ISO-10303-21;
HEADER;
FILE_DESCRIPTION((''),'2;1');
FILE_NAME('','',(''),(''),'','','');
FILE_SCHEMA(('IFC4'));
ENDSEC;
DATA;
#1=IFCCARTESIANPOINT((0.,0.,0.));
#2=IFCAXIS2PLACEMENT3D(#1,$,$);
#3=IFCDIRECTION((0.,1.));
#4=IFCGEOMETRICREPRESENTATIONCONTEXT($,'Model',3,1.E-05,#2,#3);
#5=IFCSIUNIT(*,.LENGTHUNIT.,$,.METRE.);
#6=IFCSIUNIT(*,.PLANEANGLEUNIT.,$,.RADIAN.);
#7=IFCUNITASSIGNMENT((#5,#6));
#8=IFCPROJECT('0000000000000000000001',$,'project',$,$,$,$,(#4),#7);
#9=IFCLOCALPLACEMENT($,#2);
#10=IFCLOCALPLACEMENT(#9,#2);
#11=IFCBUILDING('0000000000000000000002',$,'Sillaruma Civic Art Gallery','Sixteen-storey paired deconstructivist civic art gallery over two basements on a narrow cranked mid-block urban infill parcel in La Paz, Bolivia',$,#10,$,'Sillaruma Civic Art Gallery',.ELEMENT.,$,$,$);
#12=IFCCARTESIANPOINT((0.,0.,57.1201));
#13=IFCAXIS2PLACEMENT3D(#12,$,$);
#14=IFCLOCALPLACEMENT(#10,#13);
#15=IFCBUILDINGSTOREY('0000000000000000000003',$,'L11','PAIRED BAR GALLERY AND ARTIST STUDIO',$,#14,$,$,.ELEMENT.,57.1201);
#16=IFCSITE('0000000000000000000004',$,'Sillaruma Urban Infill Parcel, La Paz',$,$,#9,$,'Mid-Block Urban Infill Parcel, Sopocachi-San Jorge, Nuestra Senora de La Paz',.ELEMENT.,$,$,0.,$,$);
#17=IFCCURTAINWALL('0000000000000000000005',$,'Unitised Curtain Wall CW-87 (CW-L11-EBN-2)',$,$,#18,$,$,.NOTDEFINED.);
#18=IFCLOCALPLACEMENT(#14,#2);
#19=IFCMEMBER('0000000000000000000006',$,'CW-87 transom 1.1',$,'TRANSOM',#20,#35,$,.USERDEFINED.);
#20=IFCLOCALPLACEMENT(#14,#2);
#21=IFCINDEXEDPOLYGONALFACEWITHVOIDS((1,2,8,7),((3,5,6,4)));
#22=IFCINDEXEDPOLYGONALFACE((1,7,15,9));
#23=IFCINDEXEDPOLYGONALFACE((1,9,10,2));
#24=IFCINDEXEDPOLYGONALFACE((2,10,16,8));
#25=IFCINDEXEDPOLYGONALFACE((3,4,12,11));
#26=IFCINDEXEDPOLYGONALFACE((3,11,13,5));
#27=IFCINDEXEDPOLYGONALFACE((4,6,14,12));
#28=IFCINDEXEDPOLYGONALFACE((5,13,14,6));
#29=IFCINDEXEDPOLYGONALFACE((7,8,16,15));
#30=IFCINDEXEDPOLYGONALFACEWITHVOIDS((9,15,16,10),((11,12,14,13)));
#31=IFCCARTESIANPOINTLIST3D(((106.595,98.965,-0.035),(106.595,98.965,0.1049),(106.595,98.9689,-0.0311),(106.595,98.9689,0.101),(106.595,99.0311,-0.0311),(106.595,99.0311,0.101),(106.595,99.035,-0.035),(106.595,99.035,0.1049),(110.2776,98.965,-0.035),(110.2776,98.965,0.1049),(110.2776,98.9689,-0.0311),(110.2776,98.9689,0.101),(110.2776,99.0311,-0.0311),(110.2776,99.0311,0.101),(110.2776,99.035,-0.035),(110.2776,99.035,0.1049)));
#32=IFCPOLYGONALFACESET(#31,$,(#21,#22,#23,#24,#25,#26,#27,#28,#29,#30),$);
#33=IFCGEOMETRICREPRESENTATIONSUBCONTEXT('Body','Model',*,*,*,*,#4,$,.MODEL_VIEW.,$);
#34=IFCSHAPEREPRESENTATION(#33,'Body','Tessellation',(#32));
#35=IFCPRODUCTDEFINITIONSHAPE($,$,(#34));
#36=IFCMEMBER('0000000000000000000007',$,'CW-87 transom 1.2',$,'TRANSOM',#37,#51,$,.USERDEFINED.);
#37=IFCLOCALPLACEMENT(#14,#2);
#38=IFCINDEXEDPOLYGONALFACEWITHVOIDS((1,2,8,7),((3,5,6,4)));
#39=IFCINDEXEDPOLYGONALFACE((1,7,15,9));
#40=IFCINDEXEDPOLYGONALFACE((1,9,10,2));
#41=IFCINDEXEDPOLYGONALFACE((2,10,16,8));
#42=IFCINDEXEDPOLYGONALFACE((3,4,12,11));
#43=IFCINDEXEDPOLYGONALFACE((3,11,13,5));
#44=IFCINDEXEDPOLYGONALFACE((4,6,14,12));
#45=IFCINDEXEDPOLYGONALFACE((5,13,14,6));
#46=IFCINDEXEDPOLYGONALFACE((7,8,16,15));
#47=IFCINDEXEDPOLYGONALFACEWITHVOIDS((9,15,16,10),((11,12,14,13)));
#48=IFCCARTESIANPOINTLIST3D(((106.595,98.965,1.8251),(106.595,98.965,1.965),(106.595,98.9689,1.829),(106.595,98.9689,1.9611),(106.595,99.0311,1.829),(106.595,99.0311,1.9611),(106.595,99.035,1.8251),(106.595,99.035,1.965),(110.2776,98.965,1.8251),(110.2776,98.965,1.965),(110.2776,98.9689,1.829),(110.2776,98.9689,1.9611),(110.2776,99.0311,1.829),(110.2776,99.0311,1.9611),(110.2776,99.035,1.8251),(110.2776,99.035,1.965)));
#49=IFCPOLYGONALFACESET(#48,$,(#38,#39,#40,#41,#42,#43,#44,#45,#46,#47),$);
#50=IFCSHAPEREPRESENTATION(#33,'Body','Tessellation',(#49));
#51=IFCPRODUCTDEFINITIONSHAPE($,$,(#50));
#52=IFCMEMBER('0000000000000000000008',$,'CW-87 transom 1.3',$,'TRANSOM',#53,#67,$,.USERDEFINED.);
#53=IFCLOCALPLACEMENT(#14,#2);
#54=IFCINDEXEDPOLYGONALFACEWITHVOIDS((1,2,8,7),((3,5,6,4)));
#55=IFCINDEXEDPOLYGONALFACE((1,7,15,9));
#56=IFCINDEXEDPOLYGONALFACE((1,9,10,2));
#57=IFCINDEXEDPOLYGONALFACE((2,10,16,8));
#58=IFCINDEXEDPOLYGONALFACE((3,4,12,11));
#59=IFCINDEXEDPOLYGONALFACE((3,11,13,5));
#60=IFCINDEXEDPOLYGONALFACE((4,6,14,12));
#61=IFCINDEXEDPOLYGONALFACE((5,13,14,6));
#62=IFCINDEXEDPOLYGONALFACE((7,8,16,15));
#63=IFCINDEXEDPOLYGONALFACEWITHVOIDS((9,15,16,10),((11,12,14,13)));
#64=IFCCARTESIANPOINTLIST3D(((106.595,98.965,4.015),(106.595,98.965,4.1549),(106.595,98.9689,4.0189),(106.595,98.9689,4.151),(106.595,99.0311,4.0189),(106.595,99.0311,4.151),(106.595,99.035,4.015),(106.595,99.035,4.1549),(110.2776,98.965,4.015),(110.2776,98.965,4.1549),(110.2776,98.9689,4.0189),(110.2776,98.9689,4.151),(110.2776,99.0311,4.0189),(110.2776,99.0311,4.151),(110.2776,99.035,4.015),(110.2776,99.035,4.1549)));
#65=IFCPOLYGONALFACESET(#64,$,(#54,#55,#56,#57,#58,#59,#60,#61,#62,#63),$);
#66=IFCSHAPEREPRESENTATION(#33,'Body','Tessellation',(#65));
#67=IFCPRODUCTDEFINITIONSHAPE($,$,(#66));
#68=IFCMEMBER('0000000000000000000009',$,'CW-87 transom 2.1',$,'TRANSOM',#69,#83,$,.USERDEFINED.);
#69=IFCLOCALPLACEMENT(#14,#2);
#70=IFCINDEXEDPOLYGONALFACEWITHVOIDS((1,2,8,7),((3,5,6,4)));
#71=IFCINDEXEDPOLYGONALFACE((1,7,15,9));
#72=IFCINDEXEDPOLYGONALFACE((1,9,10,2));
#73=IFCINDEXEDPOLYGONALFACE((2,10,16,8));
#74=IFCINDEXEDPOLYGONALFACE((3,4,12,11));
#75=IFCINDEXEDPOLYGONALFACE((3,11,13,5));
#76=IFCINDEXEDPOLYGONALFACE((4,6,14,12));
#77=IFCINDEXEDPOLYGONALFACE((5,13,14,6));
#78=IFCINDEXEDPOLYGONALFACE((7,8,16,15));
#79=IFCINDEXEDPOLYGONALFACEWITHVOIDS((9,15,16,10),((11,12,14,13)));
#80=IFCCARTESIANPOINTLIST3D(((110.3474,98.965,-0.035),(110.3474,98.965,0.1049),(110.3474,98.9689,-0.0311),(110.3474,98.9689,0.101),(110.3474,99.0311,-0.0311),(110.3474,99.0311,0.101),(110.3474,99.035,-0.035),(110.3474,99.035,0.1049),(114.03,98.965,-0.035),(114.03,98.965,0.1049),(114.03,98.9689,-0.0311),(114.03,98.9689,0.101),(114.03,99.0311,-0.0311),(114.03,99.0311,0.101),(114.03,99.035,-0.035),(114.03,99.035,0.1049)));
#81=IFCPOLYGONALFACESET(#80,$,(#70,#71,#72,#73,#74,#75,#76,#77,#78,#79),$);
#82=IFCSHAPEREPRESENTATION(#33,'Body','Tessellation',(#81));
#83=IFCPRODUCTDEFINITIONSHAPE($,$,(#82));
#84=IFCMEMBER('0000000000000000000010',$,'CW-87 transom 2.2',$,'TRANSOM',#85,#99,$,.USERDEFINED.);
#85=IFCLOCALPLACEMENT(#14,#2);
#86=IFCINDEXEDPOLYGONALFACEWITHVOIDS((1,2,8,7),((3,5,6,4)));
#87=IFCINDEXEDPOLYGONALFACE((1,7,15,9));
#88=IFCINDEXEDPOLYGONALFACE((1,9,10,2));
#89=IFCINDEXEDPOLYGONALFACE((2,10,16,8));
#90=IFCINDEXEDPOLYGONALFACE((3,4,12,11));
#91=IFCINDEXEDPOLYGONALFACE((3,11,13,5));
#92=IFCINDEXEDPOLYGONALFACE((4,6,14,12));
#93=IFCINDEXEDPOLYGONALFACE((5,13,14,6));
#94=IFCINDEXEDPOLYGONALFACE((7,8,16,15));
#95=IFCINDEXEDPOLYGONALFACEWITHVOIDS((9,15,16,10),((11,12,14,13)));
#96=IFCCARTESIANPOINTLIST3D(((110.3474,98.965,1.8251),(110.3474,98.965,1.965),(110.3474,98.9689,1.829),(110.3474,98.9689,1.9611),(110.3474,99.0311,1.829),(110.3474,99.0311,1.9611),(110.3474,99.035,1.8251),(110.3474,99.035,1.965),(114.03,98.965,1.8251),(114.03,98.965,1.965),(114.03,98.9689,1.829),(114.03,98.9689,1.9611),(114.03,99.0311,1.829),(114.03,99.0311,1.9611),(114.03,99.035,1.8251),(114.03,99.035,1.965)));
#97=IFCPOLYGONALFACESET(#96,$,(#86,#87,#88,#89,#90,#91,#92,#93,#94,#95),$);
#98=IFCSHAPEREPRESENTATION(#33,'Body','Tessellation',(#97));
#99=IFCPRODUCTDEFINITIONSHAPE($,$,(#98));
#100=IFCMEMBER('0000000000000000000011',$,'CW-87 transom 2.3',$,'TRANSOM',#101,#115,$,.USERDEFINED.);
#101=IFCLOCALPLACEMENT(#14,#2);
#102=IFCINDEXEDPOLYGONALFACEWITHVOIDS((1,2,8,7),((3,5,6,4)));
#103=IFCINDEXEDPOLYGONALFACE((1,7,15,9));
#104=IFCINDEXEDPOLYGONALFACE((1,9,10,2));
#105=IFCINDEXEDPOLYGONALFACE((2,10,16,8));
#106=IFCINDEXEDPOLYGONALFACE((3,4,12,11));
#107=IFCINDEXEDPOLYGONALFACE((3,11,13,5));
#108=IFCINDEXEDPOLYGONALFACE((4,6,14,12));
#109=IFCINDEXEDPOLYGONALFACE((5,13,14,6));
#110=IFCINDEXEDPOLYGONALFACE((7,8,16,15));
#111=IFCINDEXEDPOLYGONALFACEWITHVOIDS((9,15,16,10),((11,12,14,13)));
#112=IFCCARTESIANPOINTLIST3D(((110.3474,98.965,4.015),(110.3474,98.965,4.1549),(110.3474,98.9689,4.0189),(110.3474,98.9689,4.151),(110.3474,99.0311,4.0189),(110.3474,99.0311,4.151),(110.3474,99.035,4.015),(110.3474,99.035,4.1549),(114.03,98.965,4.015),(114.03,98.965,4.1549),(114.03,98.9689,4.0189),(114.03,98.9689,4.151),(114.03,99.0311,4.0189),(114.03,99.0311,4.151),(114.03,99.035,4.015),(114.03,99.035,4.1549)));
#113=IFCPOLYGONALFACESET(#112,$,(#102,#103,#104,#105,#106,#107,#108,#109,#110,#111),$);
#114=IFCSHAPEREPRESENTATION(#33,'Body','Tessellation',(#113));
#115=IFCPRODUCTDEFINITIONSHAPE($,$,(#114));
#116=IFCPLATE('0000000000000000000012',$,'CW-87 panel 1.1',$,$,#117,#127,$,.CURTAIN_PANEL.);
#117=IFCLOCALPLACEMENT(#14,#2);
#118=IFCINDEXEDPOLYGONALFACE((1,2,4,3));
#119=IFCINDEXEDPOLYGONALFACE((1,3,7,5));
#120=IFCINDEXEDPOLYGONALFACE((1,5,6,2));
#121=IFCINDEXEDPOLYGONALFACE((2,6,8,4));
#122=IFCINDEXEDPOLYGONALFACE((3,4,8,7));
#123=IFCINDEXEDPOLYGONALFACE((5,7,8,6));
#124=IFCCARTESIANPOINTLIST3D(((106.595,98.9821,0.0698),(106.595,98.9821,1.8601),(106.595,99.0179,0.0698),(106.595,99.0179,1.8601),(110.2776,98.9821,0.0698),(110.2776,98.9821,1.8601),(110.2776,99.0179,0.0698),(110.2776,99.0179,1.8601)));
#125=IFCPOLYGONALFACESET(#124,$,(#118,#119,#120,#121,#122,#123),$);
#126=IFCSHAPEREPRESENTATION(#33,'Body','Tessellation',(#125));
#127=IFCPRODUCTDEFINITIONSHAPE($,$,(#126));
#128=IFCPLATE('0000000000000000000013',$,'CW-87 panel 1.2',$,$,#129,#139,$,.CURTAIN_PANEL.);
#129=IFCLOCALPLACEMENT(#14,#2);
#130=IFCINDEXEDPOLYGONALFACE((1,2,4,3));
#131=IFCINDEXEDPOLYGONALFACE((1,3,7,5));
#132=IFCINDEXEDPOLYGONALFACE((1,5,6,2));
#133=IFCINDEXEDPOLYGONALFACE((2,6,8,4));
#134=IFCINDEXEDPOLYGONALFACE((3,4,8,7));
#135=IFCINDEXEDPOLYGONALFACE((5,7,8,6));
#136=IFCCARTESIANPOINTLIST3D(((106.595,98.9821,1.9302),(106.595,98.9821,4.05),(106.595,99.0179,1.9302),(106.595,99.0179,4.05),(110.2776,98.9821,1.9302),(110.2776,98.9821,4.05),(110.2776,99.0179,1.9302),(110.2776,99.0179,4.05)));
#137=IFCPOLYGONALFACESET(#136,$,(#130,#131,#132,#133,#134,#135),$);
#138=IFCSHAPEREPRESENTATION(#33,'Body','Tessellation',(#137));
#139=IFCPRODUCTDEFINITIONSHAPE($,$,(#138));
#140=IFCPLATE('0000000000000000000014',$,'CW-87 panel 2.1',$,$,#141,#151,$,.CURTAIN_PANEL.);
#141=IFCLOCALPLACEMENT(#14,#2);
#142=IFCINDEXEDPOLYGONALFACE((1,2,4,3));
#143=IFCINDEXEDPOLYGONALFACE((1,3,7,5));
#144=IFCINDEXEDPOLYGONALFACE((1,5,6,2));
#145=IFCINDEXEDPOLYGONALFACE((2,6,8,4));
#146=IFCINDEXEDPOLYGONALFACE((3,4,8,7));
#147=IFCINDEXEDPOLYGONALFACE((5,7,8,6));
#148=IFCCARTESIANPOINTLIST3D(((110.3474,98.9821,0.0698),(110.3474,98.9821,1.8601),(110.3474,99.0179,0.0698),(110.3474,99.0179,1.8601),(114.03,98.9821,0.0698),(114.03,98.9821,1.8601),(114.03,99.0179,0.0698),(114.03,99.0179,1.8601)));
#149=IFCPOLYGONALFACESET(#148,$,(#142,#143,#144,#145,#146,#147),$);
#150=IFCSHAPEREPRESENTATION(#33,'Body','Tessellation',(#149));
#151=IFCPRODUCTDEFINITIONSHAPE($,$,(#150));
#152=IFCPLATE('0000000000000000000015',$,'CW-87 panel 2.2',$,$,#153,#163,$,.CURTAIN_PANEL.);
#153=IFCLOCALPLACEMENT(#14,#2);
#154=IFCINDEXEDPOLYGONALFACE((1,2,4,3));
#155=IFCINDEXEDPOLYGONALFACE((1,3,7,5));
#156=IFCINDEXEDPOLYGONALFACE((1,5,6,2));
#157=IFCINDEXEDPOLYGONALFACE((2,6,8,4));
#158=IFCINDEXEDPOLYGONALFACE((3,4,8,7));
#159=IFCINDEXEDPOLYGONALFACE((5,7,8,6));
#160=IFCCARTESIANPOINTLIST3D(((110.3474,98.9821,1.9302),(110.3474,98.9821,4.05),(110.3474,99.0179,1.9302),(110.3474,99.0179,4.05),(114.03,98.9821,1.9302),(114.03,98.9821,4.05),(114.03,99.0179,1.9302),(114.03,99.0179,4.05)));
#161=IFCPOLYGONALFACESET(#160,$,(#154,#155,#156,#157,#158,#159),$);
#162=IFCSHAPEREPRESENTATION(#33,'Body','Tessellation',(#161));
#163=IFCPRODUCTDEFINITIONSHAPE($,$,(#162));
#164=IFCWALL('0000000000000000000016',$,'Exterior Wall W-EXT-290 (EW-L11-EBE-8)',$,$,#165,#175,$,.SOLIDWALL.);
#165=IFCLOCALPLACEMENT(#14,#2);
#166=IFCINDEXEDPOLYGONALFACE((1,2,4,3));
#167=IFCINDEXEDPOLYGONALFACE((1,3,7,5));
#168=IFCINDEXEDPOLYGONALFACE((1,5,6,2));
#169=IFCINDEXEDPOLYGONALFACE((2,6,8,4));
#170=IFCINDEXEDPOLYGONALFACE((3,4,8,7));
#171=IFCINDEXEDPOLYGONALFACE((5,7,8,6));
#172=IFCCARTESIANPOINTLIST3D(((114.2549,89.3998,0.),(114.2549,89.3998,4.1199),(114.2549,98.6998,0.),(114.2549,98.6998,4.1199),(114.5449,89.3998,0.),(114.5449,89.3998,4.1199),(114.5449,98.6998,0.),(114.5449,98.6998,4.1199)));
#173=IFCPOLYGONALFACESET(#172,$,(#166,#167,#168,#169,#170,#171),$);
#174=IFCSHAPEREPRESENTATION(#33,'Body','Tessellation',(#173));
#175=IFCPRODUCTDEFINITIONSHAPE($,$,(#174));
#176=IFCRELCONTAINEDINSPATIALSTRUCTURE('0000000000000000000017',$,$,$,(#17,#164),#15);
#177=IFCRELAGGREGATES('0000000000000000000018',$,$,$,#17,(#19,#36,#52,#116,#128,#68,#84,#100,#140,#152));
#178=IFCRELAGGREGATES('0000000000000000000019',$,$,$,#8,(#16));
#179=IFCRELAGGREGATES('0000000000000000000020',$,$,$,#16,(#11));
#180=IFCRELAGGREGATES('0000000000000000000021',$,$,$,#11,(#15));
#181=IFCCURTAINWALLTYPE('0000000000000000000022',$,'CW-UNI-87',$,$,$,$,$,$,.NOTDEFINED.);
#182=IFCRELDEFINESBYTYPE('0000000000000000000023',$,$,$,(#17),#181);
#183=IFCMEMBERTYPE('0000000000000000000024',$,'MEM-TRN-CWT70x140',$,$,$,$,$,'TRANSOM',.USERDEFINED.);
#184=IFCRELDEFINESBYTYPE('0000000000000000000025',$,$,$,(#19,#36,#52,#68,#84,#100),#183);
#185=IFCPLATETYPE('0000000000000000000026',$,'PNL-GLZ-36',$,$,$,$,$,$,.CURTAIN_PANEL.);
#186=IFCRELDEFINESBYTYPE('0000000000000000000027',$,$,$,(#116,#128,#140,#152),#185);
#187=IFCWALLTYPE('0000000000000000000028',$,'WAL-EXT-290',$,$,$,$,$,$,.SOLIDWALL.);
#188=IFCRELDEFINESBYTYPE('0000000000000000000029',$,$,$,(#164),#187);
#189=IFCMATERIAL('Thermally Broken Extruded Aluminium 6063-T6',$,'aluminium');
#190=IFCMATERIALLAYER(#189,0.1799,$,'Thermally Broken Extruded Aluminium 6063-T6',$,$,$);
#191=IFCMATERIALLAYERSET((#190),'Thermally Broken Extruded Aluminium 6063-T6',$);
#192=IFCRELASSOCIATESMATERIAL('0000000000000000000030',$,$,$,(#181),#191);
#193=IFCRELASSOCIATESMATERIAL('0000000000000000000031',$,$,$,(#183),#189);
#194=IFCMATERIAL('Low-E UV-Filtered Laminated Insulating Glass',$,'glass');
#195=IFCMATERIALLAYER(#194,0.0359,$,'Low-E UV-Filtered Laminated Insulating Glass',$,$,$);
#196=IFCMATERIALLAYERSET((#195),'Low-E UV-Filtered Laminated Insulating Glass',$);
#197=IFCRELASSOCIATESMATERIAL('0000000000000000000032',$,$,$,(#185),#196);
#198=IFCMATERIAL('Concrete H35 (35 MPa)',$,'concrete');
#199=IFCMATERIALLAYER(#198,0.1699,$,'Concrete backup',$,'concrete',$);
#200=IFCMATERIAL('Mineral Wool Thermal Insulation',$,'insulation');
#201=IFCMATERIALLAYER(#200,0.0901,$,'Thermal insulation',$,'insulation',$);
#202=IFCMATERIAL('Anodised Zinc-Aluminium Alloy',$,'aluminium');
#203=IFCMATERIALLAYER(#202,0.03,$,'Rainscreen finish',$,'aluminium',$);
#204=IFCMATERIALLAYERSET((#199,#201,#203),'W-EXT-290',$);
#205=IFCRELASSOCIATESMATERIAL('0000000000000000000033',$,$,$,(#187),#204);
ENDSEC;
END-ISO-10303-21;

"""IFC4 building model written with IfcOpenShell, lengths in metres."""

from ifc_helpers import new_model, si_unit, direction, frame, frame_2d, origin, origin_2d, place, context, subcontext, project, spatial, rectangle, hollow_rectangle, extrude, material, layer, layer_set, material_profile, profile_set, type_object, element, aggregate, save


model = new_model("IFC4")

# Units and contexts
model_context = context("Model", 3, precision=1e-05, world=origin(), true_north=direction((0.0, 1.0)))
body_context = subcontext(model_context, "Body", "Model", "MODEL_VIEW")
ifc_project = project(units=[si_unit("LENGTHUNIT", "METRE"), si_unit("PLANEANGLEUNIT", "RADIAN")], contexts=[model_context])

# Site, building, storey
site_placement = place(None, origin())
site = spatial("IfcSite", under=ifc_project, at=site_placement, Name="Sillaruma Urban Infill Parcel, La Paz", LongName="Mid-Block Urban Infill Parcel, Sopocachi-San Jorge, Nuestra Senora de La Paz", CompositionType="ELEMENT", RefElevation=0.0)
building_placement = place(site_placement, origin())
building = spatial("IfcBuilding", under=site, at=building_placement, Name="Sillaruma Civic Art Gallery", Description="Sixteen-storey paired deconstructivist civic art gallery over two basements on a narrow cranked mid-block urban infill parcel in La Paz, Bolivia", LongName="Sillaruma Civic Art Gallery", CompositionType="ELEMENT")
storey_placement = place(building_placement, frame((0.0, 0.0, 57.1201)))
storey = spatial("IfcBuildingStorey", under=building, at=storey_placement, Name="L11", Description="PAIRED BAR GALLERY AND ARTIST STUDIO", CompositionType="ELEMENT", Elevation=57.1201)

# Shared definitions
ifc_material_1 = material(Name="Concrete H35 (35 MPa)", Category="concrete")

# Curtain wall, members, plates
ifc_material_2 = material(Name="Thermally Broken Extruded Aluminium 6063-T6", Category="aluminium")
ifc_layer_1 = layer(ifc_material_2, 0.1799, Name="Thermally Broken Extruded Aluminium 6063-T6")
ifc_layer_set_1 = layer_set([ifc_layer_1], Name="Thermally Broken Extruded Aluminium 6063-T6")
curtain_wall_type = type_object("IfcCurtainWallType", Name="CW-UNI-87", PredefinedType="NOTDEFINED", material=ifc_layer_set_1)
curtain_wall_placement = place(storey_placement, origin())
curtain_wall = element("IfcCurtainWall", 1, at=curtain_wall_placement, inside=storey, type_object=curtain_wall_type, Name="Unitised Curtain Wall CW-87 (CW-L11-EBN-2)", PredefinedType="NOTDEFINED")
ifc_material_profile_1 = material_profile(ifc_material_2, hollow_rectangle(XDim=0.0701, YDim=0.1399, WallThickness=0.0039, at=origin_2d()), Name="CWT70x140")
ifc_profile_set_1 = profile_set([ifc_material_profile_1], Name="Thermally Broken Extruded Aluminium 6063-T6")
member_type_1 = type_object("IfcMemberType", Name="MEM-TRN-CWT70x140", ElementType="TRANSOM", PredefinedType="USERDEFINED", material=ifc_profile_set_1)
member_1_placement = place(storey_placement, frame((106.595, 99.0, 0.0349), z_axis=(1.0, 0.0, 0.0), x_axis=(0.0, 1.0, 0.0)))
member_1 = element("IfcMember", 2, at=member_1_placement, type_object=member_type_1, Name="CW-87 transom 1.1", ObjectType="TRANSOM", PredefinedType="USERDEFINED", context=body_context, shape_type="SweptSolid", body=[
    extrude(hollow_rectangle(XDim=0.0701, YDim=0.1399, WallThickness=0.0039, at=origin_2d()), origin(), (0.0, 0.0, 1.0), 3.6826),
])
member_2_placement = place(storey_placement, frame((106.595, 99.0, 1.895), z_axis=(1.0, 0.0, 0.0), x_axis=(0.0, 1.0, 0.0)))
member_2 = element("IfcMember", 3, at=member_2_placement, type_object=member_type_1, Name="CW-87 transom 1.2", ObjectType="TRANSOM", PredefinedType="USERDEFINED", context=body_context, shape_type="SweptSolid", body=[
    extrude(hollow_rectangle(XDim=0.0701, YDim=0.1399, WallThickness=0.0039, at=origin_2d()), origin(), (0.0, 0.0, 1.0), 3.6826),
])
member_3_placement = place(storey_placement, frame((106.595, 99.0, 4.085), z_axis=(1.0, 0.0, 0.0), x_axis=(0.0, 1.0, 0.0)))
member_3 = element("IfcMember", 4, at=member_3_placement, type_object=member_type_1, Name="CW-87 transom 1.3", ObjectType="TRANSOM", PredefinedType="USERDEFINED", context=body_context, shape_type="SweptSolid", body=[
    extrude(hollow_rectangle(XDim=0.0701, YDim=0.1399, WallThickness=0.0039, at=origin_2d()), origin(), (0.0, 0.0, 1.0), 3.6826),
])
member_4_placement = place(storey_placement, frame((110.3474, 99.0, 0.0349), z_axis=(1.0, 0.0, 0.0), x_axis=(0.0, 1.0, 0.0)))
member_4 = element("IfcMember", 5, at=member_4_placement, type_object=member_type_1, Name="CW-87 transom 2.1", ObjectType="TRANSOM", PredefinedType="USERDEFINED", context=body_context, shape_type="SweptSolid", body=[
    extrude(hollow_rectangle(XDim=0.0701, YDim=0.1399, WallThickness=0.0039, at=origin_2d()), origin(), (0.0, 0.0, 1.0), 3.6826),
])
member_5_placement = place(storey_placement, frame((110.3474, 99.0, 1.895), z_axis=(1.0, 0.0, 0.0), x_axis=(0.0, 1.0, 0.0)))
member_5 = element("IfcMember", 6, at=member_5_placement, type_object=member_type_1, Name="CW-87 transom 2.2", ObjectType="TRANSOM", PredefinedType="USERDEFINED", context=body_context, shape_type="SweptSolid", body=[
    extrude(hollow_rectangle(XDim=0.0701, YDim=0.1399, WallThickness=0.0039, at=origin_2d()), origin(), (0.0, 0.0, 1.0), 3.6826),
])
member_6_placement = place(storey_placement, frame((110.3474, 99.0, 4.085), z_axis=(1.0, 0.0, 0.0), x_axis=(0.0, 1.0, 0.0)))
member_6 = element("IfcMember", 7, at=member_6_placement, type_object=member_type_1, Name="CW-87 transom 2.3", ObjectType="TRANSOM", PredefinedType="USERDEFINED", context=body_context, shape_type="SweptSolid", body=[
    extrude(hollow_rectangle(XDim=0.0701, YDim=0.1399, WallThickness=0.0039, at=origin_2d()), origin(), (0.0, 0.0, 1.0), 3.6826),
])
ifc_material_3 = material(Name="Low-E UV-Filtered Laminated Insulating Glass", Category="glass")
ifc_layer_2 = layer(ifc_material_3, 0.0359, Name="Low-E UV-Filtered Laminated Insulating Glass")
ifc_layer_set_2 = layer_set([ifc_layer_2], Name="Low-E UV-Filtered Laminated Insulating Glass")
plate_type = type_object("IfcPlateType", Name="PNL-GLZ-36", PredefinedType="CURTAIN_PANEL", material=ifc_layer_set_2)
plate_1_placement = place(storey_placement, frame((108.4363, 99.0, 0.0698), z_axis=(0.0, 0.0, 1.0), x_axis=(1.0, 0.0, 0.0)))
plate_1 = element("IfcPlate", 8, at=plate_1_placement, type_object=plate_type, Name="CW-87 panel 1.1", PredefinedType="CURTAIN_PANEL", context=body_context, shape_type="SweptSolid", body=[
    extrude(rectangle(XDim=3.6826, YDim=0.0359, at=origin_2d()), origin(), (0.0, 0.0, 1.0), 1.7903),
])
plate_2_placement = place(storey_placement, frame((108.4363, 99.0, 1.9302), z_axis=(0.0, 0.0, 1.0), x_axis=(1.0, 0.0, 0.0)))
plate_2 = element("IfcPlate", 9, at=plate_2_placement, type_object=plate_type, Name="CW-87 panel 1.2", PredefinedType="CURTAIN_PANEL", context=body_context, shape_type="SweptSolid", body=[
    extrude(rectangle(XDim=3.6826, YDim=0.0359, at=origin_2d()), origin(), (0.0, 0.0, 1.0), 2.1199),
])
plate_3_placement = place(storey_placement, frame((112.1887, 99.0, 0.0698), z_axis=(0.0, 0.0, 1.0), x_axis=(1.0, 0.0, 0.0)))
plate_3 = element("IfcPlate", 10, at=plate_3_placement, type_object=plate_type, Name="CW-87 panel 2.1", PredefinedType="CURTAIN_PANEL", context=body_context, shape_type="SweptSolid", body=[
    extrude(rectangle(XDim=3.6826, YDim=0.0359, at=origin_2d()), origin(), (0.0, 0.0, 1.0), 1.7903),
])
plate_4_placement = place(storey_placement, frame((112.1887, 99.0, 1.9302), z_axis=(0.0, 0.0, 1.0), x_axis=(1.0, 0.0, 0.0)))
plate_4 = element("IfcPlate", 11, at=plate_4_placement, type_object=plate_type, Name="CW-87 panel 2.2", PredefinedType="CURTAIN_PANEL", context=body_context, shape_type="SweptSolid", body=[
    extrude(rectangle(XDim=3.6826, YDim=0.0359, at=origin_2d()), origin(), (0.0, 0.0, 1.0), 2.1199),
])
aggregate(curtain_wall, [member_1, member_2, member_3, plate_1, plate_2, member_4, member_5, member_6, plate_3, plate_4])

# Wall
ifc_layer_3 = layer(ifc_material_1, 0.1699, Name="Concrete backup", Category="concrete")
ifc_material_4 = material(Name="Mineral Wool Thermal Insulation", Category="insulation")
ifc_layer_4 = layer(ifc_material_4, 0.0901, Name="Thermal insulation", Category="insulation")
ifc_material_5 = material(Name="Anodised Zinc-Aluminium Alloy", Category="aluminium")
ifc_layer_5 = layer(ifc_material_5, 0.03, Name="Rainscreen finish", Category="aluminium")
ifc_layer_set_3 = layer_set([ifc_layer_3, ifc_layer_4, ifc_layer_5], Name="W-EXT-290")
wall_type_1 = type_object("IfcWallType", Name="WAL-EXT-290", PredefinedType="SOLIDWALL", material=ifc_layer_set_3)
wall_1_placement = place(storey_placement, frame((114.3999, 89.3999, 0.0), z_axis=(0.0, 0.0, 1.0), x_axis=(0.0, 1.0, 0.0)))
element("IfcWall", 12, at=wall_1_placement, inside=storey, type_object=wall_type_1, Name="Exterior Wall W-EXT-290 (EW-L11-EBE-8)", PredefinedType="SOLIDWALL", context=body_context, shape_type="SweptSolid", body=[
    extrude(rectangle(XDim=9.3, YDim=0.29, at=frame_2d((4.6499, 0.0))), origin(), (0.0, 0.0, 1.0), 4.1199),
])

save(model, "model.ifc")
